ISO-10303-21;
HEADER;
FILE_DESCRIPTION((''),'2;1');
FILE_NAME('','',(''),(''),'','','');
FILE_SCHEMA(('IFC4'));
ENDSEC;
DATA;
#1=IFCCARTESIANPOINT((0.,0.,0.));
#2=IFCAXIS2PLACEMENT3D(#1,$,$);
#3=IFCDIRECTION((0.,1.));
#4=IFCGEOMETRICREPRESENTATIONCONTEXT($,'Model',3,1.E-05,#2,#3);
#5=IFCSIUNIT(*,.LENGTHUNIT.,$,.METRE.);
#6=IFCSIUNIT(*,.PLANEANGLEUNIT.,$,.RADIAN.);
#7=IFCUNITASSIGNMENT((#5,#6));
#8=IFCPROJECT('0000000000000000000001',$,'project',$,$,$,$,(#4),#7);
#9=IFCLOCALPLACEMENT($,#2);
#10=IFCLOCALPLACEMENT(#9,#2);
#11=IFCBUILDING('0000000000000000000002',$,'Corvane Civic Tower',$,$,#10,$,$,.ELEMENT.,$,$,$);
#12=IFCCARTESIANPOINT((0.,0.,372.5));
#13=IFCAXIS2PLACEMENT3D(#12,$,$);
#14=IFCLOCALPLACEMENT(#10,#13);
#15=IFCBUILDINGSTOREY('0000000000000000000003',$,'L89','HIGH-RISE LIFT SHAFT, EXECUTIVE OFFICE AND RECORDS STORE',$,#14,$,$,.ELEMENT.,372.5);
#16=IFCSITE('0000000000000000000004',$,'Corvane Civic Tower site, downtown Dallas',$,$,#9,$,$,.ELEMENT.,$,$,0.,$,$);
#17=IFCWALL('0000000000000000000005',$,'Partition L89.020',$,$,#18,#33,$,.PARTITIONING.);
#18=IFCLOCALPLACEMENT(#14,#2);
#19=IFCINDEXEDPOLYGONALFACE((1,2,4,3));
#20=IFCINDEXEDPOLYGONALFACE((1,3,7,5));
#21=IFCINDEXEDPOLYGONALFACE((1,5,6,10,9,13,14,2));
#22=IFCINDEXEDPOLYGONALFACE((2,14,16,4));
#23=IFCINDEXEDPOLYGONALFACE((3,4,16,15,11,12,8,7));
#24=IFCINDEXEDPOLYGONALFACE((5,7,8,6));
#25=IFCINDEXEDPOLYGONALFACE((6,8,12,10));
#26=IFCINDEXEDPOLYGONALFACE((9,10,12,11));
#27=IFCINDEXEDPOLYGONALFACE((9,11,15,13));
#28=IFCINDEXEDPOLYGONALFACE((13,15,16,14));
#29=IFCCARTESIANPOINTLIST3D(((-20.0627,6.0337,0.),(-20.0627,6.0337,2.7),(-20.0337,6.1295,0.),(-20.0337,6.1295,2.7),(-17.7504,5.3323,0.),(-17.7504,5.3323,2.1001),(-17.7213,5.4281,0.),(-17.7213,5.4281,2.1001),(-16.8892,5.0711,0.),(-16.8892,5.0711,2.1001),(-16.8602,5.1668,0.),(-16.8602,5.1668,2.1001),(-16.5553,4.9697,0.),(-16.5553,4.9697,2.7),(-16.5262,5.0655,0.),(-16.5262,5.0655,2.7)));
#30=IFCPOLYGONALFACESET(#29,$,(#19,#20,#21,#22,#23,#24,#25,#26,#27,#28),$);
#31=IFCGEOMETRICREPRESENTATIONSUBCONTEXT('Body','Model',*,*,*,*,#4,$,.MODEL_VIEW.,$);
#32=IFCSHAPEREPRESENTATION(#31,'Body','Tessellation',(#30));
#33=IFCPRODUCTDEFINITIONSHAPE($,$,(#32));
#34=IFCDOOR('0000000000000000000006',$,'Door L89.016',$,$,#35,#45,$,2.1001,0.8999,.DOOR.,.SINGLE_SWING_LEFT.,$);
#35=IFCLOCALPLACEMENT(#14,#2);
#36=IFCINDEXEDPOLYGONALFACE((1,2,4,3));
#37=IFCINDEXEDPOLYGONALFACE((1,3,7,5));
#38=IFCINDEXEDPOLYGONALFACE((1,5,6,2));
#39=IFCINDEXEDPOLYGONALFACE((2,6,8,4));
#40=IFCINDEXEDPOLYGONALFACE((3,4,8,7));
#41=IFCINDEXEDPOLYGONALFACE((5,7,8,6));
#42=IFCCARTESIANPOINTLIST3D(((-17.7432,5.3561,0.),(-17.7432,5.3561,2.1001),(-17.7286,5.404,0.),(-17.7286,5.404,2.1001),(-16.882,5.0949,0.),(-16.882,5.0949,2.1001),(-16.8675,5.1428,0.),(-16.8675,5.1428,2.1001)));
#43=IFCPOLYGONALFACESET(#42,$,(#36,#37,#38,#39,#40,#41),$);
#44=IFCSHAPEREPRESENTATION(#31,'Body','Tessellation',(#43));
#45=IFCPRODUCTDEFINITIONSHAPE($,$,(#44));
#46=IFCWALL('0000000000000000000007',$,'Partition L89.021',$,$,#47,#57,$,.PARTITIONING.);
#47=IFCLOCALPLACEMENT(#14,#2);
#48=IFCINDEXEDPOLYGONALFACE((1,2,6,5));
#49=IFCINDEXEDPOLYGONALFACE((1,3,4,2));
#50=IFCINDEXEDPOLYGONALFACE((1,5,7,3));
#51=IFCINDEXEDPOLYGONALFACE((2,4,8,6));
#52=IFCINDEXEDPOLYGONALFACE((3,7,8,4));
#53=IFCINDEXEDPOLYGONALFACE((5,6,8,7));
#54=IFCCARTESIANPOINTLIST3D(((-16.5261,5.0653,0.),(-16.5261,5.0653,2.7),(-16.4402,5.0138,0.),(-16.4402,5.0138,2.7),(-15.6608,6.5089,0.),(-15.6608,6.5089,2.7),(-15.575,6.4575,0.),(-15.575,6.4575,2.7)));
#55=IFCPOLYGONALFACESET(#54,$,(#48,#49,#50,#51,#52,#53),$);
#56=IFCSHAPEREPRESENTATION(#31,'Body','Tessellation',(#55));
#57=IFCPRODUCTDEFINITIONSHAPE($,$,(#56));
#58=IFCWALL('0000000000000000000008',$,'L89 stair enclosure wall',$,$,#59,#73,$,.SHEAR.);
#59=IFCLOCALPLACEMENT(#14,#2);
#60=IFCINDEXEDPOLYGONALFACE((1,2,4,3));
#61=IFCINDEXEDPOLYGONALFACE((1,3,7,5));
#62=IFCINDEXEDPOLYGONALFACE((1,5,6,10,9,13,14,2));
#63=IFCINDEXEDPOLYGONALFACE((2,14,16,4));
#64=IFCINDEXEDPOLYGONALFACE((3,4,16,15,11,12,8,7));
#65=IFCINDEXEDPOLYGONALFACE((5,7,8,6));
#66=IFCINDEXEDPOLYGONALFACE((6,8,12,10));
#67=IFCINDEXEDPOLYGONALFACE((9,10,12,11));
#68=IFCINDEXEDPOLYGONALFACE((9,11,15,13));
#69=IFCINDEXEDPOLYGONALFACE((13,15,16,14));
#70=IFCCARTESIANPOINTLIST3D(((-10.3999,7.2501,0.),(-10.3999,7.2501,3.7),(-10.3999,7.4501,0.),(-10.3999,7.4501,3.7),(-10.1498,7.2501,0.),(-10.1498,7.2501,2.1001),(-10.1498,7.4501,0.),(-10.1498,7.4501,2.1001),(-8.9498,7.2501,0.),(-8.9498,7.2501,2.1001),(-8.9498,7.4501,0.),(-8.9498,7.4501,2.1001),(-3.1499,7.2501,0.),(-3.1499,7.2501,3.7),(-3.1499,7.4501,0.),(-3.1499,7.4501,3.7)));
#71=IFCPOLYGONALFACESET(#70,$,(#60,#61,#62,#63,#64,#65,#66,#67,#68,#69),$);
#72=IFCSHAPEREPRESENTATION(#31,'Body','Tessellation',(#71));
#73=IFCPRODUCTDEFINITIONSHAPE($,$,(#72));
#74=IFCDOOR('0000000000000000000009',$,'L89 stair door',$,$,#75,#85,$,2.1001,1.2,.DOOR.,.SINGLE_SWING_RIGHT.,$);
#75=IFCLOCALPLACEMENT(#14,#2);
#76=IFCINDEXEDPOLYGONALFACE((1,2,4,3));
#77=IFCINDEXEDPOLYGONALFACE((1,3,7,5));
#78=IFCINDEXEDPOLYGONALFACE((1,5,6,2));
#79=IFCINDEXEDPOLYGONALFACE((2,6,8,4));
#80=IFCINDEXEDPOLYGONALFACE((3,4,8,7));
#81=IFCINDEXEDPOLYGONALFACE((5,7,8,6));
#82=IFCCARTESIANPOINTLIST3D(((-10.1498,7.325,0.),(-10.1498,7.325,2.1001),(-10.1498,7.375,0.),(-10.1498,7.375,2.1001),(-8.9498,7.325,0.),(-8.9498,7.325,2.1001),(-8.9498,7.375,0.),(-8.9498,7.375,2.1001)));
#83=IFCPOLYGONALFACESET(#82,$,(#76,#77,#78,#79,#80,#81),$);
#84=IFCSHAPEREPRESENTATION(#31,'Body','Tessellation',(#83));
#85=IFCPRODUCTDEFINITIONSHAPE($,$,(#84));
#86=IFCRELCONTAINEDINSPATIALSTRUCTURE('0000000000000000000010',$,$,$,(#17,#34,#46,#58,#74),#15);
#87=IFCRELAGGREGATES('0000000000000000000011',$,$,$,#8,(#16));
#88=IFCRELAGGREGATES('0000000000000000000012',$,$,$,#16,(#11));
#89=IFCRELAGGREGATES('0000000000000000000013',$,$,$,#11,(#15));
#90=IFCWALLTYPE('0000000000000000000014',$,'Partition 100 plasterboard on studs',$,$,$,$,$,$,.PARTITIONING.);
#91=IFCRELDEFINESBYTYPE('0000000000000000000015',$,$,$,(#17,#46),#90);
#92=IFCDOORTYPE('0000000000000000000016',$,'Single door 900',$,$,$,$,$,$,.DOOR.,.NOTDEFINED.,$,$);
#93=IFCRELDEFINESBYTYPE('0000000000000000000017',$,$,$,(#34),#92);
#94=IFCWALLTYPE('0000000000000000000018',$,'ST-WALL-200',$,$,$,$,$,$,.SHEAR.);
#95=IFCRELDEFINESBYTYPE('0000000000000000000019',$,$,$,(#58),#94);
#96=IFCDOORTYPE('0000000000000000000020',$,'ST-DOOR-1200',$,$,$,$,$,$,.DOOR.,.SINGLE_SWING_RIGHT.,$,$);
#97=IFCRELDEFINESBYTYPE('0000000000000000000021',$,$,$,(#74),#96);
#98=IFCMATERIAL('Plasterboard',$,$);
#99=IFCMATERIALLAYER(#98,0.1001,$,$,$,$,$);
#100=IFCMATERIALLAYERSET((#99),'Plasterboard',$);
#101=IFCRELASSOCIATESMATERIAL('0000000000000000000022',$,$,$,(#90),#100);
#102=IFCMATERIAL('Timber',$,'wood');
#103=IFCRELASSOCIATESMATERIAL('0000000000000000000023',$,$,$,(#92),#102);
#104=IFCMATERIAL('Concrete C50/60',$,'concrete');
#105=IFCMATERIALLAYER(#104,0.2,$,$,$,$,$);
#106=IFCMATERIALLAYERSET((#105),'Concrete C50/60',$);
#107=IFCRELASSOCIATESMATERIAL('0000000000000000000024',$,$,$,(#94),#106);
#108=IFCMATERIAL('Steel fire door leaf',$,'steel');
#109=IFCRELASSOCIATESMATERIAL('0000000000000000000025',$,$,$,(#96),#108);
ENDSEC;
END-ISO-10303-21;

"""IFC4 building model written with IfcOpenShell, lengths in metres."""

from ifc_helpers import new_model, si_unit, direction, frame, frame_2d, origin, place, context, subcontext, project, spatial, rectangle, extrude, material, layer, layer_set, type_object, element, fill, save


model = new_model("IFC4")

# Units and contexts
model_context = context("Model", 3, precision=1e-05, world=origin(), true_north=direction((0.0, 1.0)))
body_context = subcontext(model_context, "Body", "Model", "MODEL_VIEW")
ifc_project = project(units=[si_unit("LENGTHUNIT", "METRE"), si_unit("PLANEANGLEUNIT", "RADIAN")], contexts=[model_context])

# Site, building, storey
site_placement = place(None, origin())
site = spatial("IfcSite", under=ifc_project, at=site_placement, Name="Corvane Civic Tower site, downtown Dallas", CompositionType="ELEMENT", RefElevation=0.0)
building_placement = place(site_placement, origin())
building = spatial("IfcBuilding", under=site, at=building_placement, Name="Corvane Civic Tower", CompositionType="ELEMENT")
storey_placement = place(building_placement, frame((0.0, 0.0, 372.5)))
storey = spatial("IfcBuildingStorey", under=building, at=storey_placement, Name="L89", Description="HIGH-RISE LIFT SHAFT, EXECUTIVE OFFICE AND RECORDS STORE", CompositionType="ELEMENT", Elevation=372.5)

# Wall, opening, door
ifc_material_1 = material(Name="Plasterboard")
ifc_layer_1 = layer(ifc_material_1, 0.1001)
ifc_layer_set_1 = layer_set([ifc_layer_1], Name="Plasterboard")
wall_type_1 = type_object("IfcWallType", Name="Partition 100 plasterboard on studs", PredefinedType="PARTITIONING", material=ifc_layer_set_1)
wall_1_placement = place(storey_placement, frame((-20.0481, 6.0815, 0.0), z_axis=(0.0, 0.0, 1.0), x_axis=(0.956944, -0.290274, 0.0)))
wall_1 = element("IfcWall", 1, at=wall_1_placement, inside=storey, type_object=wall_type_1, Name="Partition L89.020", PredefinedType="PARTITIONING", context=body_context, shape_type="SweptSolid", body=[
    extrude(rectangle(XDim=3.6653, YDim=0.1001, at=frame_2d((1.8325, 0.0))), origin(), (0.0, 0.0, 1.0), 2.7),
])
opening_1_placement = place(wall_1_placement, frame((2.4163, 0.0, 0.0)))
opening_1 = element("IfcOpeningElement", 2, at=opening_1_placement, cuts=wall_1, PredefinedType="OPENING", context=body_context, shape_type="SweptSolid", body=[
    extrude(rectangle(XDim=0.8999, YDim=2.1001, at=frame_2d((0.45, 1.05))), frame((0.0, 0.0601, 0.0), z_axis=(0.0, -1.0, 0.0), x_axis=(1.0, 0.0, 0.0)), (0.0, 0.0, 1.0), 0.1201),
])
ifc_material_2 = material(Name="Timber", Category="wood")
door_type_1 = type_object("IfcDoorType", Name="Single door 900", OperationType="NOTDEFINED", PredefinedType="DOOR", material=ifc_material_2)
door_1_placement = place(opening_1_placement, origin())
door_1 = element("IfcDoor", 3, at=door_1_placement, inside=storey, type_object=door_type_1, Name="Door L89.016", OperationType="SINGLE_SWING_LEFT", OverallHeight=2.1001, OverallWidth=0.8999, PredefinedType="DOOR", context=body_context, shape_type="SweptSolid", body=[
    extrude(rectangle(XDim=0.8999, YDim=2.1001, at=frame_2d((0.45, 1.05))), frame((0.0, 0.0249, 0.0), z_axis=(0.0, -1.0, 0.0), x_axis=(1.0, 0.0, 0.0)), (0.0, 0.0, 1.0), 0.05),
])
fill(opening_1, door_1)

# Wall
wall_2_placement = place(storey_placement, frame((-16.4832, 5.0396, 0.0), z_axis=(0.0, 0.0, 1.0), x_axis=(0.51409, 0.857736, 0.0)))
element("IfcWall", 4, at=wall_2_placement, inside=storey, type_object=wall_type_1, Name="Partition L89.021", PredefinedType="PARTITIONING", context=body_context, shape_type="SweptSolid", body=[
    extrude(rectangle(XDim=1.6831, YDim=0.1001, at=frame_2d((0.8416, 0.0))), origin(), (0.0, 0.0, 1.0), 2.7),
])

# Wall, opening, door
ifc_material_3 = material(Name="Concrete C50/60", Category="concrete")
ifc_layer_2 = layer(ifc_material_3, 0.2)
ifc_layer_set_2 = layer_set([ifc_layer_2], Name="Concrete C50/60")
wall_type_2 = type_object("IfcWallType", Name="ST-WALL-200", PredefinedType="SHEAR", material=ifc_layer_set_2)
wall_3_placement = place(storey_placement, frame((-10.3999, 7.3501, 0.0), z_axis=(0.0, 0.0, 1.0), x_axis=(1.0, 0.0, 0.0)))
wall_3 = element("IfcWall", 5, at=wall_3_placement, inside=storey, type_object=wall_type_2, Name="L89 stair enclosure wall", PredefinedType="SHEAR", context=body_context, shape_type="SweptSolid", body=[
    extrude(rectangle(XDim=7.25, YDim=0.2, at=frame_2d((3.625, 0.0))), origin(), (0.0, 0.0, 1.0), 3.7),
])
opening_2_placement = place(wall_3_placement, frame((0.25, 0.0, 0.0)))
opening_2 = element("IfcOpeningElement", 6, at=opening_2_placement, cuts=wall_3, PredefinedType="OPENING", context=body_context, shape_type="SweptSolid", body=[
    extrude(rectangle(XDim=1.2, YDim=2.1001, at=frame_2d((0.6001, 1.05))), frame((0.0, 0.1099, 0.0), z_axis=(0.0, -1.0, 0.0), x_axis=(1.0, 0.0, 0.0)), (0.0, 0.0, 1.0), 0.22),
])
ifc_material_4 = material(Name="Steel fire door leaf", Category="steel")
door_type_2 = type_object("IfcDoorType", Name="ST-DOOR-1200", OperationType="SINGLE_SWING_RIGHT", PredefinedType="DOOR", material=ifc_material_4)
door_2_placement = place(opening_2_placement, origin())
door_2 = element("IfcDoor", 7, at=door_2_placement, inside=storey, type_object=door_type_2, Name="L89 stair door", OperationType="SINGLE_SWING_RIGHT", OverallHeight=2.1001, OverallWidth=1.2, PredefinedType="DOOR", context=body_context, shape_type="SweptSolid", body=[
    extrude(rectangle(XDim=1.2, YDim=2.1001, at=frame_2d((0.6001, 1.05))), frame((0.0, 0.0249, 0.0), z_axis=(0.0, -1.0, 0.0), x_axis=(1.0, 0.0, 0.0)), (0.0, 0.0, 1.0), 0.05),
])
fill(opening_2, door_2)

save(model, "model.ifc")
